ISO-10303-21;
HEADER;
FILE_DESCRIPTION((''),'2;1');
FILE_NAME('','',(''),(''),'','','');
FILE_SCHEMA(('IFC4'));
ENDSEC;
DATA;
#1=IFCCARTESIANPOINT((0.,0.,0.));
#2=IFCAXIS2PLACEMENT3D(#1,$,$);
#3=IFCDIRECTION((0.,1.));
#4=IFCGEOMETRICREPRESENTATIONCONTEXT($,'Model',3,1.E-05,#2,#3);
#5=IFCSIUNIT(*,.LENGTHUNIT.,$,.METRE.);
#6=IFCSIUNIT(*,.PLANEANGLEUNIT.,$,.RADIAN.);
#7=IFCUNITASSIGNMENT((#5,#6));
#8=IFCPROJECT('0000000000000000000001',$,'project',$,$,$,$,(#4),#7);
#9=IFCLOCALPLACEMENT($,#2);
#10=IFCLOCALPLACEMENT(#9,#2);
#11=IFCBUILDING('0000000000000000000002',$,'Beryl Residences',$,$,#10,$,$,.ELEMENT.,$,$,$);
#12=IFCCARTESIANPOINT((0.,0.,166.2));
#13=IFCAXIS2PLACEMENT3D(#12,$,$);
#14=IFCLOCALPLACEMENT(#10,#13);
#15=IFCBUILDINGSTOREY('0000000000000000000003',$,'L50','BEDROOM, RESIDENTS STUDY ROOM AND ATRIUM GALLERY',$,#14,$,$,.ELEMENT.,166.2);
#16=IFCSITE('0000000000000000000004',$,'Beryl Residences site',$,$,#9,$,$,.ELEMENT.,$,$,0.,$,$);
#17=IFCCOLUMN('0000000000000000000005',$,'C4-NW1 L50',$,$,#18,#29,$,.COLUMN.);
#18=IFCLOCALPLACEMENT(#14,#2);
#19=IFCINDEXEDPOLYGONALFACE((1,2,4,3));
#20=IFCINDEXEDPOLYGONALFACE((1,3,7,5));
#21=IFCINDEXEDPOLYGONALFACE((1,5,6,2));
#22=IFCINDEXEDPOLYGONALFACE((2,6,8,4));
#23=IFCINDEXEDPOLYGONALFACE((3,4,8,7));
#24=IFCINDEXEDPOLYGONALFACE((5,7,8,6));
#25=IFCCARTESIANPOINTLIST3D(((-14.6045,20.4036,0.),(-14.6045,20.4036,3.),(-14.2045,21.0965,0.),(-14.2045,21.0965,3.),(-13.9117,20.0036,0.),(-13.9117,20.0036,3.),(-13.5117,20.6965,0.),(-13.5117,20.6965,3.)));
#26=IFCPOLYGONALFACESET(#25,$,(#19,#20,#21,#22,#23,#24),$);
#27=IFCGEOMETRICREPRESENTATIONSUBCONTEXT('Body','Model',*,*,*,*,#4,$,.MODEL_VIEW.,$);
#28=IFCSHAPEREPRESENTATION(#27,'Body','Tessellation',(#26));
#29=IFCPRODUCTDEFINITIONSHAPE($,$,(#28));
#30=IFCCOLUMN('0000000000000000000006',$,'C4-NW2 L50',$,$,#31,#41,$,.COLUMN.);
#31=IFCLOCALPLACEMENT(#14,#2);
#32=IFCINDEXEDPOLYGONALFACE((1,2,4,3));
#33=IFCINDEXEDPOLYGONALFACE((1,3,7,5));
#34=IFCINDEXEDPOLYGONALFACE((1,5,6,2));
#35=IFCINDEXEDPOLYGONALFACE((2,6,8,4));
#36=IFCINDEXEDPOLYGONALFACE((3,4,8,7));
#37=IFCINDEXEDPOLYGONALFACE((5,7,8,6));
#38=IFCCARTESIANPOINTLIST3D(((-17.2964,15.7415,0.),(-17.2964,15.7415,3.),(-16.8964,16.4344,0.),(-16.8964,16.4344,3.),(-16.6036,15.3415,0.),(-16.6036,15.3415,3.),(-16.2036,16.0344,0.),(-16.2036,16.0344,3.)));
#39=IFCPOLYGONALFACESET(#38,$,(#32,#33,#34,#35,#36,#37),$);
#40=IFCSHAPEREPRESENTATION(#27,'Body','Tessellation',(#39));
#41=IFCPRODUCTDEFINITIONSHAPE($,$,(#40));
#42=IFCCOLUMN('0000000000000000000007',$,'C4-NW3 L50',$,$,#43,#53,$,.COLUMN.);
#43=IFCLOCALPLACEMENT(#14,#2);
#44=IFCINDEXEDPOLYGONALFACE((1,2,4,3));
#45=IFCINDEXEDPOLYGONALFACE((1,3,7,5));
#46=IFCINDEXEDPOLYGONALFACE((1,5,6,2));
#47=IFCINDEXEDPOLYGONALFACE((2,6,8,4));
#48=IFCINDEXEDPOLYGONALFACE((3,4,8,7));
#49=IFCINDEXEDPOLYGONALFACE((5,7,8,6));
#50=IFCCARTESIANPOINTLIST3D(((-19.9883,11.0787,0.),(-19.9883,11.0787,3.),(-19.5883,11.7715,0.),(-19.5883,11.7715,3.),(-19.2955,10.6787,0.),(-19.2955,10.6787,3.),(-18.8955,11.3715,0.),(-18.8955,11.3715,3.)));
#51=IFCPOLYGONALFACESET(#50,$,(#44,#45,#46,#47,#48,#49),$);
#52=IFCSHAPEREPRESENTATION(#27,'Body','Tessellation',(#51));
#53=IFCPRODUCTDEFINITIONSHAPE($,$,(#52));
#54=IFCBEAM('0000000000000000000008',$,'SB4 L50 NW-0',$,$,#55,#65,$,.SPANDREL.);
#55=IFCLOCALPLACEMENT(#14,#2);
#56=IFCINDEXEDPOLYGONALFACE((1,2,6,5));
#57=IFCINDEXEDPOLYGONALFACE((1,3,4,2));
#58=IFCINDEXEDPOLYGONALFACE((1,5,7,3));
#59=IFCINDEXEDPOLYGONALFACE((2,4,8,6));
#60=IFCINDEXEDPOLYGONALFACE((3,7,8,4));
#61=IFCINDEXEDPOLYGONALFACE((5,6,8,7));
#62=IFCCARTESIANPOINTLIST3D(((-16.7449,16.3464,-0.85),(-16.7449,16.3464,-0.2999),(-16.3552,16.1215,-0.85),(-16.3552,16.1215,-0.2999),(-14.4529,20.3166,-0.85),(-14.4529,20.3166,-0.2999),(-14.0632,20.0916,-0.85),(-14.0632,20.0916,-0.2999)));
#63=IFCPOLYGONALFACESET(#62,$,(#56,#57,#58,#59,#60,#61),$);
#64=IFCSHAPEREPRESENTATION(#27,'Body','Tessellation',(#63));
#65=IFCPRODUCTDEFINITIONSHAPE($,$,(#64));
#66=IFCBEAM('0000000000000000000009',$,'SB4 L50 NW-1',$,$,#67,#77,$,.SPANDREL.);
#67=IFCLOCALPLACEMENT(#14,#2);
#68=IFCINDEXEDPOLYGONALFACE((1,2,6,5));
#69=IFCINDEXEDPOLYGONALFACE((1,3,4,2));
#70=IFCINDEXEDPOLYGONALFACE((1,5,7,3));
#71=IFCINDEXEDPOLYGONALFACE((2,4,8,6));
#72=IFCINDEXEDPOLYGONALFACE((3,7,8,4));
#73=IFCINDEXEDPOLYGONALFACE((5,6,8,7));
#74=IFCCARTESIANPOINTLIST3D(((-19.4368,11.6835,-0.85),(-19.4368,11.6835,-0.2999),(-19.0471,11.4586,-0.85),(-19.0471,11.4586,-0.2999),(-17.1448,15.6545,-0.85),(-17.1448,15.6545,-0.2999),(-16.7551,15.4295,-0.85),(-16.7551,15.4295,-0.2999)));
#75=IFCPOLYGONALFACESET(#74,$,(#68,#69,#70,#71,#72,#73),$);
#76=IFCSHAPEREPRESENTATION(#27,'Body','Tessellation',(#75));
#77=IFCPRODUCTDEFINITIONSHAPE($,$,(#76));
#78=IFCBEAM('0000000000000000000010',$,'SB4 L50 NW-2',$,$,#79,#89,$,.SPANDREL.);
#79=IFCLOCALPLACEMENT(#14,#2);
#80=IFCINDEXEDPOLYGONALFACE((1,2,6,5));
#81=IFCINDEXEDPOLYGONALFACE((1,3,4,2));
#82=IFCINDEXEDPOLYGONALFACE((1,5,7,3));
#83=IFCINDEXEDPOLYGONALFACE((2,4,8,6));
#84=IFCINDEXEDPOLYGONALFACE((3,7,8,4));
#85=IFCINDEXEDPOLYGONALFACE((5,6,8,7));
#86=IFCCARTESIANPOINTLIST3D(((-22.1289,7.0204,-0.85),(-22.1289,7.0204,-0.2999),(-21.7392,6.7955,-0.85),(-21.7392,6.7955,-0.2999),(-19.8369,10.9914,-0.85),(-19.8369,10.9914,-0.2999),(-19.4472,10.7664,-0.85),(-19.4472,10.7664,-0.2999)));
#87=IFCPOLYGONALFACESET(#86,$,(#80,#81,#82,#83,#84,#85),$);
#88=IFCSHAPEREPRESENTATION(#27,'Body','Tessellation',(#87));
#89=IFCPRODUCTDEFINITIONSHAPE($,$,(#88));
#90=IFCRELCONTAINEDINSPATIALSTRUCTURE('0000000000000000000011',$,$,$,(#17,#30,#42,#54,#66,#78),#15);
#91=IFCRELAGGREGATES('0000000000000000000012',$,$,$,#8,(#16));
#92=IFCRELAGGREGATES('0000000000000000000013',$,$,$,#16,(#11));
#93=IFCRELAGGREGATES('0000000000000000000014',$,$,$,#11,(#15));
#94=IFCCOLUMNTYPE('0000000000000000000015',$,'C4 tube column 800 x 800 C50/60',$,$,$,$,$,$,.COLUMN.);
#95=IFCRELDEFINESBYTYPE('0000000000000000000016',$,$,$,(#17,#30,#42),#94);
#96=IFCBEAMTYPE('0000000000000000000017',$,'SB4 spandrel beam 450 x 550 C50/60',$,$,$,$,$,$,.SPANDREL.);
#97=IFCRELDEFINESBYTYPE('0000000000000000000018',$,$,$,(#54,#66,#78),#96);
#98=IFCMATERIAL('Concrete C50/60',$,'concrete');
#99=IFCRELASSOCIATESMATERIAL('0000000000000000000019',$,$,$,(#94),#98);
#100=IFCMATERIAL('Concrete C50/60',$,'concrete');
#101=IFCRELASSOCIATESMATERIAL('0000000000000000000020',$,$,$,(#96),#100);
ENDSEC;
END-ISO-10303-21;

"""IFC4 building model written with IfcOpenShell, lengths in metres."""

from ifc_helpers import new_model, si_unit, direction, frame, origin, origin_2d, place, context, subcontext, project, spatial, rectangle, extrude, material, material_profile, profile_set, type_object, element, save


model = new_model("IFC4")

# Units and contexts
model_context = context("Model", 3, precision=1e-05, world=origin(), true_north=direction((0.0, 1.0)))
body_context = subcontext(model_context, "Body", "Model", "MODEL_VIEW")
ifc_project = project(units=[si_unit("LENGTHUNIT", "METRE"), si_unit("PLANEANGLEUNIT", "RADIAN")], contexts=[model_context])

# Site, building, storey
site_placement = place(None, origin())
site = spatial("IfcSite", under=ifc_project, at=site_placement, Name="Beryl Residences site", CompositionType="ELEMENT", RefElevation=0.0)
building_placement = place(site_placement, origin())
building = spatial("IfcBuilding", under=site, at=building_placement, Name="Beryl Residences", CompositionType="ELEMENT")
storey_placement = place(building_placement, frame((0.0, 0.0, 166.2)))
storey = spatial("IfcBuildingStorey", under=building, at=storey_placement, Name="L50", Description="BEDROOM, RESIDENTS STUDY ROOM AND ATRIUM GALLERY", CompositionType="ELEMENT", Elevation=166.2)

# Columns
ifc_material_1 = material(Name="Concrete C50/60", Category="concrete")
ifc_material_profile_1 = material_profile(ifc_material_1, rectangle(XDim=0.8, YDim=0.8, at=origin_2d()))
ifc_profile_set_1 = profile_set([ifc_material_profile_1], Name="Concrete C50/60")
column_type = type_object("IfcColumnType", Name="C4 tube column 800 x 800 C50/60", PredefinedType="COLUMN", material=ifc_profile_set_1)
for number, where, z_axis, x_axis, name in (
    (1, (-14.0581, 20.55, 0.0), (0.0, 0.0, 1.0), (-0.5, -0.866025, 0.0), "C4-NW1 L50"),
    (2, (-16.75, 15.8879, 0.0), (0.0, 0.0, 1.0), (-0.5, -0.866025, 0.0), "C4-NW2 L50"),
    (3, (-19.4419, 11.2251, 0.0), (0.0, 0.0, 1.0), (-0.5, -0.866025, 0.0), "C4-NW3 L50"),
):
    element("IfcColumn", number, at=place(storey_placement, frame(where, z_axis=z_axis, x_axis=x_axis)), inside=storey, type_object=column_type, Name=name, PredefinedType="COLUMN", context=body_context, shape_type="SweptSolid", body=[
        extrude(rectangle(XDim=0.8, YDim=0.8, at=origin_2d()), origin(), (0.0, 0.0, 1.0), 3.0),
    ])

# Beams
ifc_material_2 = material(Name="Concrete C50/60", Category="concrete")
ifc_material_profile_2 = material_profile(ifc_material_2, rectangle(XDim=0.45, YDim=0.55, at=origin_2d()))
ifc_profile_set_2 = profile_set([ifc_material_profile_2], Name="Concrete C50/60")
beam_type = type_object("IfcBeamType", Name="SB4 spandrel beam 450 x 550 C50/60", PredefinedType="SPANDREL", material=ifc_profile_set_2)
beam_placement = place(storey_placement, frame((-14.2581, 20.2041, -0.575), z_axis=(-0.499965, -0.866045, 0.0), x_axis=(0.866045, -0.499965, 0.0)))
element("IfcBeam", 4, at=beam_placement, inside=storey, type_object=beam_type, Name="SB4 L50 NW-0", PredefinedType="SPANDREL", context=body_context, shape_type="SweptSolid", body=[
    extrude(rectangle(XDim=0.45, YDim=0.55, at=origin_2d()), origin(), (0.0, 0.0, 1.0), 4.5842),
])
for number, where, z_axis, x_axis, name in (
    (5, (-16.95, 15.542, -0.575), (-0.499896, -0.866085, 0.0), (0.866085, -0.499896, 0.0), "SB4 L50 NW-1"),
    (6, (-19.6421, 10.8789, -0.575), (-0.499896, -0.866085, 0.0), (0.866085, -0.499896, 0.0), "SB4 L50 NW-2"),
):
    element("IfcBeam", number, at=place(storey_placement, frame(where, z_axis=z_axis, x_axis=x_axis)), inside=storey, type_object=beam_type, Name=name, PredefinedType="SPANDREL", context=body_context, shape_type="SweptSolid", body=[
        extrude(rectangle(XDim=0.45, YDim=0.55, at=origin_2d()), origin(), (0.0, 0.0, 1.0), 4.585),
    ])

save(model, "model.ifc")
